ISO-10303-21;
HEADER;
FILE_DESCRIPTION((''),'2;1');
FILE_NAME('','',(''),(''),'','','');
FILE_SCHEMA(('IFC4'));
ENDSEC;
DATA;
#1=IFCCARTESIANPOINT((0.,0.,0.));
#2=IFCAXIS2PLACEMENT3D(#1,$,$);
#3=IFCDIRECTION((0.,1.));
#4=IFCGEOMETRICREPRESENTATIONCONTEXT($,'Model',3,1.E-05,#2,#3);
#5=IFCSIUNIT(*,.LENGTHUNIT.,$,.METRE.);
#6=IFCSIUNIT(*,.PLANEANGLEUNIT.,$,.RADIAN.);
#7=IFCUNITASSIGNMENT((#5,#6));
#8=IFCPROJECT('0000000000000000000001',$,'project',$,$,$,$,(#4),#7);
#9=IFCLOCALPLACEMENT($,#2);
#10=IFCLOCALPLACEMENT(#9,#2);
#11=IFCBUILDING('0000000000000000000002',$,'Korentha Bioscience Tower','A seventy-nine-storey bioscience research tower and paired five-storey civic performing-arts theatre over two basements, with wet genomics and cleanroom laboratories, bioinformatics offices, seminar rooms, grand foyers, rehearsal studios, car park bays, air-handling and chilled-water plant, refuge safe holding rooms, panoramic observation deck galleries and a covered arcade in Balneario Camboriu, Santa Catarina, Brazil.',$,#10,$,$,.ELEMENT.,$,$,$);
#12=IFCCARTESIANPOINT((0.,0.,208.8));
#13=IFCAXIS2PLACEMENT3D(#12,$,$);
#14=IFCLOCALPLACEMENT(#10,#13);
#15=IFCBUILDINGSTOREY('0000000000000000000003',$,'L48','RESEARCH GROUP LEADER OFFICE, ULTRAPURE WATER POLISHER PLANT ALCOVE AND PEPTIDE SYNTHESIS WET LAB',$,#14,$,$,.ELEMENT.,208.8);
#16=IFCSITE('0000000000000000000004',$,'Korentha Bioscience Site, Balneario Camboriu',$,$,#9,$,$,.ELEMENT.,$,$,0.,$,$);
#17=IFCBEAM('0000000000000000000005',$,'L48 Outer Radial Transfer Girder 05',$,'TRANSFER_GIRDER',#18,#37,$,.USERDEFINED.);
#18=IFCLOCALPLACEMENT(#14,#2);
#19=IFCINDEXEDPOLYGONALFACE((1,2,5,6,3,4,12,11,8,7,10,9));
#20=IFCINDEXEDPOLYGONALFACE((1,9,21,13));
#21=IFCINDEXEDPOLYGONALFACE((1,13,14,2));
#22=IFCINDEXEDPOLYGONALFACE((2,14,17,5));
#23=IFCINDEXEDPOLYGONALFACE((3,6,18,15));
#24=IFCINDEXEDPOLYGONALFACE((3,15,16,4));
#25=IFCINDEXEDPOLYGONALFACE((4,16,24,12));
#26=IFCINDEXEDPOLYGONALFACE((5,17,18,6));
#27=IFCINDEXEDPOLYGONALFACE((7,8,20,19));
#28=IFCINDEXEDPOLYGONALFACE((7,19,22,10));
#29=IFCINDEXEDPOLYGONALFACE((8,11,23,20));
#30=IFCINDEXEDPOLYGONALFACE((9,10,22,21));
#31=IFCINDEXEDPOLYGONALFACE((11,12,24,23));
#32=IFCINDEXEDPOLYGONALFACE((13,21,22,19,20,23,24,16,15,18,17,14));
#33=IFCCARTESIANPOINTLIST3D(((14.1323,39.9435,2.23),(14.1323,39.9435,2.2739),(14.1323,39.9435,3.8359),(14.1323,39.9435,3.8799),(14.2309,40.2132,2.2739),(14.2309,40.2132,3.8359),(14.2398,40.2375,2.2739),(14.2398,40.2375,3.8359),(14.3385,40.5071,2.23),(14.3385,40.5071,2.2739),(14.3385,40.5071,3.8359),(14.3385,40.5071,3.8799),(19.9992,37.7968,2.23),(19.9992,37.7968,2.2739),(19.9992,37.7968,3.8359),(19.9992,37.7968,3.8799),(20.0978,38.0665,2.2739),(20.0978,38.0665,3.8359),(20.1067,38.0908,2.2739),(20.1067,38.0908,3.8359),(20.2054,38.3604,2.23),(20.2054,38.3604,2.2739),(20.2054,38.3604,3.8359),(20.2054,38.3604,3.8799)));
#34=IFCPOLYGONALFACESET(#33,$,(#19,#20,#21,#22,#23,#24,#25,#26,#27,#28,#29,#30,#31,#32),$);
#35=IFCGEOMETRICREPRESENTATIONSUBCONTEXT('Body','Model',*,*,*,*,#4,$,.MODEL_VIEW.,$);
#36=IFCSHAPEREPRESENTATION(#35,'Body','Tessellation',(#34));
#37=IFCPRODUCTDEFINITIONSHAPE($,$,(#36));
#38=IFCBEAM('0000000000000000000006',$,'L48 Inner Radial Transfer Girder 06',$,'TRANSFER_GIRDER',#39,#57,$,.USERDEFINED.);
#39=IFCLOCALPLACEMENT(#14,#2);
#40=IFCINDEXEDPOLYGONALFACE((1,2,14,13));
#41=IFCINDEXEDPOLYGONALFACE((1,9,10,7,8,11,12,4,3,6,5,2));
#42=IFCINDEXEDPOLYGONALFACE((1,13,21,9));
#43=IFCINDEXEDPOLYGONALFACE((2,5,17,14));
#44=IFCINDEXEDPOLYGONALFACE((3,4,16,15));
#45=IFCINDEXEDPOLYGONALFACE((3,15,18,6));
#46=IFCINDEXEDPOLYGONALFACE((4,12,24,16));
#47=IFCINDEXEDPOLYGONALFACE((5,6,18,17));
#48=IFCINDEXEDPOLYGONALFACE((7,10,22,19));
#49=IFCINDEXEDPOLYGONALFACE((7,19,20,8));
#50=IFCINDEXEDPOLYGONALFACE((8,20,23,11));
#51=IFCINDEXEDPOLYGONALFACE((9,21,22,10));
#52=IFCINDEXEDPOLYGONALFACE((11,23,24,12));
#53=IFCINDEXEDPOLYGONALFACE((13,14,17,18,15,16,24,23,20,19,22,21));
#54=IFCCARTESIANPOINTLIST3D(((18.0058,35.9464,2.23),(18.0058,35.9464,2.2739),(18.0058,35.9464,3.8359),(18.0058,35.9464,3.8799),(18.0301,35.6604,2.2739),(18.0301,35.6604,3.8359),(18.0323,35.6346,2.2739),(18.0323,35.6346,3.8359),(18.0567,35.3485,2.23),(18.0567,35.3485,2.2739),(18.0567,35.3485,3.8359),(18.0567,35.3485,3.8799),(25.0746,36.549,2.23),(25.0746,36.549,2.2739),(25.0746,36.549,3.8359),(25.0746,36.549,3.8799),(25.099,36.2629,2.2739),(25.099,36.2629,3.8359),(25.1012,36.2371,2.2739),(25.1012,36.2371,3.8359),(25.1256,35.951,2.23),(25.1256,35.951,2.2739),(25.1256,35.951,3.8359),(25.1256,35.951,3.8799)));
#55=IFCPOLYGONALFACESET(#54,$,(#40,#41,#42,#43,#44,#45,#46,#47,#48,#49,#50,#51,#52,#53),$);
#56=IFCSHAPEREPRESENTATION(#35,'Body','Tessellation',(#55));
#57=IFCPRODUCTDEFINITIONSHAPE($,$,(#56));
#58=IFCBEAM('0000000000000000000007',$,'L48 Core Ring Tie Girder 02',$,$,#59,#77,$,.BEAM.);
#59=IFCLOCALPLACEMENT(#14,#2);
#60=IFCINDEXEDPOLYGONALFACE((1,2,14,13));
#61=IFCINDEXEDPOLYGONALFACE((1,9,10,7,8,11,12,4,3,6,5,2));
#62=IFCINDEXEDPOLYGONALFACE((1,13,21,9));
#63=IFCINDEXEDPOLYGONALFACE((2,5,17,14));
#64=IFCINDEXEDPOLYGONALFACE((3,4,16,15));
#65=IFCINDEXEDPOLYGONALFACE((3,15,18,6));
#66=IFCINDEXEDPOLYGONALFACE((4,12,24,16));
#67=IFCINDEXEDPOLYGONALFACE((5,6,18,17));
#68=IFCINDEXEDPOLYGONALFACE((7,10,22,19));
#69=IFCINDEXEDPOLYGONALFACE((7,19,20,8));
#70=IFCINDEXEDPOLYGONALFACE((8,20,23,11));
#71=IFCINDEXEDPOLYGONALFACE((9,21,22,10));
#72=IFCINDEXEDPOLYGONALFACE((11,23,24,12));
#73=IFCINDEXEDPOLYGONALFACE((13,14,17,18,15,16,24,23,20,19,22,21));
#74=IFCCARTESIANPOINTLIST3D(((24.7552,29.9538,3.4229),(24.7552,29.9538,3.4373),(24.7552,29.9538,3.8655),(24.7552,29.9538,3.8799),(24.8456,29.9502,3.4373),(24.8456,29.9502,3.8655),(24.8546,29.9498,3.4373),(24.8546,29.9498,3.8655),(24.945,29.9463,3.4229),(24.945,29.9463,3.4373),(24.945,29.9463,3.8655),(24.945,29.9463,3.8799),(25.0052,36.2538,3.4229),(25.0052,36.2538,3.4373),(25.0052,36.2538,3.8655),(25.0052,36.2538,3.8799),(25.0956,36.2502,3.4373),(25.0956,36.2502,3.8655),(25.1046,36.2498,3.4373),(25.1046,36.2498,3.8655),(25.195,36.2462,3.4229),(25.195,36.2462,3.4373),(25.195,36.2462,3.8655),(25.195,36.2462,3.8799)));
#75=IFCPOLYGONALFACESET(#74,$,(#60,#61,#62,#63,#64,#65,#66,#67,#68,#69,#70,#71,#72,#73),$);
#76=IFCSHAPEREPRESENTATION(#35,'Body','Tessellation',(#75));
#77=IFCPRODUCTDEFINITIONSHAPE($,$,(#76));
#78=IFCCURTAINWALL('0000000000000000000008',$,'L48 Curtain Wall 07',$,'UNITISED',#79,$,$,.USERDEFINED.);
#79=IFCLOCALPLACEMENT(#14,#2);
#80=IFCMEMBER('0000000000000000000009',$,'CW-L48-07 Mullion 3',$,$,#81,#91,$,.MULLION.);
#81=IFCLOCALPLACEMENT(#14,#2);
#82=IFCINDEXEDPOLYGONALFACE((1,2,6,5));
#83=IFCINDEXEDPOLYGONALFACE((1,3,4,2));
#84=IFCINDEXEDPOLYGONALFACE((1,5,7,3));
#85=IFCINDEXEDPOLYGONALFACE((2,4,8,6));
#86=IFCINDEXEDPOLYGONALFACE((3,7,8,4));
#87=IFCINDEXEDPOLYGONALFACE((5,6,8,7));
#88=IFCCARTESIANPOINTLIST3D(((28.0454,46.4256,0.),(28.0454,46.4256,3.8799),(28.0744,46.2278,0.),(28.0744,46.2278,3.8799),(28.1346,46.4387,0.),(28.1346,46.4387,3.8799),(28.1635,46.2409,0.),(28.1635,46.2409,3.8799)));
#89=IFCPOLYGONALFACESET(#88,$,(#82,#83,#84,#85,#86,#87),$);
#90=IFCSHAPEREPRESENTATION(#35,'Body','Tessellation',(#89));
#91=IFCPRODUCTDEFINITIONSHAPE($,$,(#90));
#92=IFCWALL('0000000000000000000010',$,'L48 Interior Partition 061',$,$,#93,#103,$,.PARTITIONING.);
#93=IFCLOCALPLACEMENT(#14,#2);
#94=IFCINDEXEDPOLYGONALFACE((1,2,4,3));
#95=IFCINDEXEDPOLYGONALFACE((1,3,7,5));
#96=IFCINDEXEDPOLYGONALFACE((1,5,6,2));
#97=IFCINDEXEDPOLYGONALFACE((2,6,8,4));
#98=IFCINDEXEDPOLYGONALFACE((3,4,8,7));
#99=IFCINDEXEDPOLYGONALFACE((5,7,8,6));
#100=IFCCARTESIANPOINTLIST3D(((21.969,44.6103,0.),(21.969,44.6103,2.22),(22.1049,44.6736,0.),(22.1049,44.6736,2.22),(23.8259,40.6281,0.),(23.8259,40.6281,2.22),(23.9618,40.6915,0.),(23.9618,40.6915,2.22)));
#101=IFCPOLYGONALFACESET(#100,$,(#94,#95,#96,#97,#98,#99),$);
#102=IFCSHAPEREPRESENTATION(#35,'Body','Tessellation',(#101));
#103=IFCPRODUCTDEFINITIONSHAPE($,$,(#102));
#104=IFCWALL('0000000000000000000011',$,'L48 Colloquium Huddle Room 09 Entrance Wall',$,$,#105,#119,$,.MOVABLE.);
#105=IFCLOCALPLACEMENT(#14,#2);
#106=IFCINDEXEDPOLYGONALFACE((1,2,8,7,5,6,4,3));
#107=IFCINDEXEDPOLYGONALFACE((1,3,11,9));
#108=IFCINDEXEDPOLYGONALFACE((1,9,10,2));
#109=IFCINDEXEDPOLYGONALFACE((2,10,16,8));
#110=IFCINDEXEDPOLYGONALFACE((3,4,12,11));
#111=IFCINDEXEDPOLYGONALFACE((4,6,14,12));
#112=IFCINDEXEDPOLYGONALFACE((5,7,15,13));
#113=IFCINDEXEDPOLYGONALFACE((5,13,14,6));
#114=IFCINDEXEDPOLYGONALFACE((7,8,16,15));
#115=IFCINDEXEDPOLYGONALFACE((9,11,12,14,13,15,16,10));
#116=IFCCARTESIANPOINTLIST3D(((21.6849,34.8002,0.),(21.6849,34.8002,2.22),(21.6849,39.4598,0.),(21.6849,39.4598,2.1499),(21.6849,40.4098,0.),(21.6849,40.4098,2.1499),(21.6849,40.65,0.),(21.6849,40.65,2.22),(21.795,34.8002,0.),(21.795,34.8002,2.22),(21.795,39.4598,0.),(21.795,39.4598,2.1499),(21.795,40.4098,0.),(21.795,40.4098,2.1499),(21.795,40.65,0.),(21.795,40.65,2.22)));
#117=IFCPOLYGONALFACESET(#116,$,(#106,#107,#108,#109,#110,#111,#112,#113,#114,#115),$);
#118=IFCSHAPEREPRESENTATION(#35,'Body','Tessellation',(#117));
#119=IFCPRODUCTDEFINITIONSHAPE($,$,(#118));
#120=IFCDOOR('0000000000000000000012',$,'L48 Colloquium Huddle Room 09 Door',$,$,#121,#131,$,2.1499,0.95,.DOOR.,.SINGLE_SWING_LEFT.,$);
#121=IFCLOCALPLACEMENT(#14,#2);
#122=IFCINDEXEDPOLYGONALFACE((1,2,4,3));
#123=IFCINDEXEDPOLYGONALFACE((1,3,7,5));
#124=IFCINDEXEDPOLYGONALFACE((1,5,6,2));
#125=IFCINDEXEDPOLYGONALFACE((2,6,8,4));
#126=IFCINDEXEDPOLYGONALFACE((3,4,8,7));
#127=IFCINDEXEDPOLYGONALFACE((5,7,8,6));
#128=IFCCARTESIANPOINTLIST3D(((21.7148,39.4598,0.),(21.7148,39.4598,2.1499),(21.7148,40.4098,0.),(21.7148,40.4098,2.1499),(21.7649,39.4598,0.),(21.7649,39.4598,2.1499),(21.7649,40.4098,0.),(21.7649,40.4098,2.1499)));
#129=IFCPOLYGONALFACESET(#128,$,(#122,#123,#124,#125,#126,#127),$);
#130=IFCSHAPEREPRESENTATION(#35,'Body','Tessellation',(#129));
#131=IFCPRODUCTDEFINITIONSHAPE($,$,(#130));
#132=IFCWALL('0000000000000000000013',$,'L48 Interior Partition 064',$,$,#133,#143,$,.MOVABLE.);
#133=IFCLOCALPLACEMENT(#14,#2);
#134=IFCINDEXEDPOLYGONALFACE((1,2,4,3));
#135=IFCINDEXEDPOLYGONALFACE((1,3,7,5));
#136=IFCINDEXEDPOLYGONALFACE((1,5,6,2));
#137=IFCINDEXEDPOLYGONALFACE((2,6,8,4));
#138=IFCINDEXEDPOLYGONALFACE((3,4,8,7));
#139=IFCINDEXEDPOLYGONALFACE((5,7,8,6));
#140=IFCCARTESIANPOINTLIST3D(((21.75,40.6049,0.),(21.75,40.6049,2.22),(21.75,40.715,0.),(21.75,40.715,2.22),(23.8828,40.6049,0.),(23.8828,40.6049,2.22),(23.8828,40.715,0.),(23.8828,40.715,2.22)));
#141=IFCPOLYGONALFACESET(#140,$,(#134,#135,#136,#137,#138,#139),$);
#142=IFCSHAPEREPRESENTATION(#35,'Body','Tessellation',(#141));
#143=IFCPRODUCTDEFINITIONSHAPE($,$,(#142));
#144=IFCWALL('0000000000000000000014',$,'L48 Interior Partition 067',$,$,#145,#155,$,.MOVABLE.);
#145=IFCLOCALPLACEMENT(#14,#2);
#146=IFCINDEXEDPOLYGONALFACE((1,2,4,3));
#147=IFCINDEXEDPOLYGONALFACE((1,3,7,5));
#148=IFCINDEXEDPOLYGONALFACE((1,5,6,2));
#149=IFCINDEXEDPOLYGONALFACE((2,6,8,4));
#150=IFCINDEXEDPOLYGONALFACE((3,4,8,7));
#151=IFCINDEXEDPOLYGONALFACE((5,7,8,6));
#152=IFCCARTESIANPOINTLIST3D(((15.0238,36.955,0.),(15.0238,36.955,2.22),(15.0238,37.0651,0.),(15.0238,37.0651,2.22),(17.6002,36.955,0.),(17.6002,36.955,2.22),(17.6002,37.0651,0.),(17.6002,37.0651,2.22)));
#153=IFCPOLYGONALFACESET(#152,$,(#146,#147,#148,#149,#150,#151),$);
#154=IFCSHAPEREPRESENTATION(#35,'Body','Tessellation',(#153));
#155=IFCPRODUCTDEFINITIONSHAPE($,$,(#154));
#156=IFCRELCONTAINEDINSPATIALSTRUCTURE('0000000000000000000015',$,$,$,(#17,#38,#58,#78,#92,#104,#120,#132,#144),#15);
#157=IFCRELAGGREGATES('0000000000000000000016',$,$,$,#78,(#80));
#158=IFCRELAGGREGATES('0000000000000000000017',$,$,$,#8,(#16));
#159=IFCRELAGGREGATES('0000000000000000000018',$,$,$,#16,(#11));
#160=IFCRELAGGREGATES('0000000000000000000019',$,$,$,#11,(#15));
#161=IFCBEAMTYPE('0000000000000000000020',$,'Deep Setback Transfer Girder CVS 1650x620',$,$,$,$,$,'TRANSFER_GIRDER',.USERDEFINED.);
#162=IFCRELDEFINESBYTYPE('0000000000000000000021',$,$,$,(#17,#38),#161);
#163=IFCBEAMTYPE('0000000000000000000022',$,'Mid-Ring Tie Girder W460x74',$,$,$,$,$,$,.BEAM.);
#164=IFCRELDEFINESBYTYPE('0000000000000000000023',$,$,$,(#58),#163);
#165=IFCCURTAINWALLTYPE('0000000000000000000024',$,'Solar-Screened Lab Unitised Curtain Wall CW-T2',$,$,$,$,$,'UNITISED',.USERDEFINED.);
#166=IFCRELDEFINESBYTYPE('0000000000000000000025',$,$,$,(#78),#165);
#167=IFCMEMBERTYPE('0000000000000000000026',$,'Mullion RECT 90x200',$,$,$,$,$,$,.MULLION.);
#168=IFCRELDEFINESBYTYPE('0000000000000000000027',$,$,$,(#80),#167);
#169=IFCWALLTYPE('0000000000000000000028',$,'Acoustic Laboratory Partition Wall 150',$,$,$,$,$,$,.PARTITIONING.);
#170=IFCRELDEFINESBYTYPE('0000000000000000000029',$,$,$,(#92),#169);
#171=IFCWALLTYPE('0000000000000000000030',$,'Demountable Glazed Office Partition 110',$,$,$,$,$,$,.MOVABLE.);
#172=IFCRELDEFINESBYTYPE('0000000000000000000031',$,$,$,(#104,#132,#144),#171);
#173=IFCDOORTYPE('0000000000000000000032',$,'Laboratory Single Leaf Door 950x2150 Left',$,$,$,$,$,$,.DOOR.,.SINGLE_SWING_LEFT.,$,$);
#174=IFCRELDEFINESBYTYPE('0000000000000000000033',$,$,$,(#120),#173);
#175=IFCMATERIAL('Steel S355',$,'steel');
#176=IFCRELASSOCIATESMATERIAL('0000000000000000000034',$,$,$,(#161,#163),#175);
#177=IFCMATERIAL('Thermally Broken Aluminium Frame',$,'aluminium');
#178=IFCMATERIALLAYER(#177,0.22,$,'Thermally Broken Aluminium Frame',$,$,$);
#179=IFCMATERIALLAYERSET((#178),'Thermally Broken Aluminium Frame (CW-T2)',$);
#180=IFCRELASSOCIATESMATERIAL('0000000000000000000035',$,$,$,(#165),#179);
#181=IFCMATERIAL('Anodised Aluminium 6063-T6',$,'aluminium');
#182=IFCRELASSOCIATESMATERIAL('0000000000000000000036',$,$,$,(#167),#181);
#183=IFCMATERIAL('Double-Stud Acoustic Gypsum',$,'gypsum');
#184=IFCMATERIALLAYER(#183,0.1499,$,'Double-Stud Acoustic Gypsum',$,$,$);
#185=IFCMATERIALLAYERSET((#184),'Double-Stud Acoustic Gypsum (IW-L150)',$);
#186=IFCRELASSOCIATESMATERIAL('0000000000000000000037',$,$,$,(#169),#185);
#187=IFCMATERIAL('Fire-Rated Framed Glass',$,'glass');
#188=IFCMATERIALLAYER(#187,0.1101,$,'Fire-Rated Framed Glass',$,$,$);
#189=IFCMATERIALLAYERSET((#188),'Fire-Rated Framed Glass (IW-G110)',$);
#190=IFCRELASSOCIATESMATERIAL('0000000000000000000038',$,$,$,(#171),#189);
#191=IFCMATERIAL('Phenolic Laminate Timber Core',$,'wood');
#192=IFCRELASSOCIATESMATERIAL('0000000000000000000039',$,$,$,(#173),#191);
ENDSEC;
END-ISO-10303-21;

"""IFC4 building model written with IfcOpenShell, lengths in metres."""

from ifc_helpers import new_model, si_unit, direction, frame, frame_2d, origin, origin_2d, place, context, subcontext, project, spatial, rectangle, i_section, extrude, material, layer, layer_set, material_profile, profile_set, type_object, element, fill, aggregate, save


model = new_model("IFC4")

# Units and contexts
model_context = context("Model", 3, precision=1e-05, world=origin(), true_north=direction((0.0, 1.0)))
body_context = subcontext(model_context, "Body", "Model", "MODEL_VIEW")
ifc_project = project(units=[si_unit("LENGTHUNIT", "METRE"), si_unit("PLANEANGLEUNIT", "RADIAN")], contexts=[model_context])

# Site, building, storey
site_placement = place(None, origin())
site = spatial("IfcSite", under=ifc_project, at=site_placement, Name="Korentha Bioscience Site, Balneario Camboriu", CompositionType="ELEMENT", RefElevation=0.0)
building_placement = place(site_placement, origin())
building = spatial("IfcBuilding", under=site, at=building_placement, Name="Korentha Bioscience Tower", Description="A seventy-nine-storey bioscience research tower and paired five-storey civic performing-arts theatre over two basements, with wet genomics and cleanroom laboratories, bioinformatics offices, seminar rooms, grand foyers, rehearsal studios, car park bays, air-handling and chilled-water plant, refuge safe holding rooms, panoramic observation deck galleries and a covered arcade in Balneario Camboriu, Santa Catarina, Brazil.", CompositionType="ELEMENT")
storey_placement = place(building_placement, frame((0.0, 0.0, 208.8)))
storey = spatial("IfcBuildingStorey", under=building, at=storey_placement, Name="L48", Description="RESEARCH GROUP LEADER OFFICE, ULTRAPURE WATER POLISHER PLANT ALCOVE AND PEPTIDE SYNTHESIS WET LAB", CompositionType="ELEMENT", Elevation=208.8)

# Beams
ifc_material_1 = material(Name="Steel S355", Category="steel")
ifc_material_profile_1 = material_profile(ifc_material_1, i_section(OverallWidth=0.6001, OverallDepth=1.6499, WebThickness=0.0259, FlangeThickness=0.0439, at=origin_2d()), Name="Steel S355")
ifc_profile_set_1 = profile_set([ifc_material_profile_1], Name="Steel S355 (TG-04)")
beam_type_1 = type_object("IfcBeamType", Name="Deep Setback Transfer Girder CVS 1650x620", ElementType="TRANSFER_GIRDER", PredefinedType="USERDEFINED", material=ifc_profile_set_1)
beam_1_placement = place(storey_placement, frame((20.1023, 38.0786, 3.0549), z_axis=(-0.939108, 0.343622, 0.0), x_axis=(-0.343622, -0.939108, 0.0)))
element("IfcBeam", 1, at=beam_1_placement, inside=storey, type_object=beam_type_1, Name="L48 Outer Radial Transfer Girder 05", ObjectType="TRANSFER_GIRDER", PredefinedType="USERDEFINED", context=body_context, shape_type="SweptSolid", body=[
    extrude(i_section(OverallWidth=0.6001, OverallDepth=1.6499, WebThickness=0.0259, FlangeThickness=0.0439, at=origin_2d()), origin(), (0.0, 0.0, 1.0), 6.2473),
])
beam_2_placement = place(storey_placement, frame((25.1001, 36.25, 3.0549), z_axis=(-0.996387, -0.084931, 0.0), x_axis=(0.084931, -0.996387, 0.0)))
element("IfcBeam", 2, at=beam_2_placement, inside=storey, type_object=beam_type_1, Name="L48 Inner Radial Transfer Girder 06", ObjectType="TRANSFER_GIRDER", PredefinedType="USERDEFINED", context=body_context, shape_type="SweptSolid", body=[
    extrude(i_section(OverallWidth=0.6001, OverallDepth=1.6499, WebThickness=0.0259, FlangeThickness=0.0439, at=origin_2d()), origin(), (0.0, 0.0, 1.0), 7.0945),
])
ifc_material_profile_2 = material_profile(ifc_material_1, i_section(OverallWidth=0.1899, OverallDepth=0.457, WebThickness=0.009, FlangeThickness=0.0144, at=origin_2d()), Name="Steel S355")
ifc_profile_set_2 = profile_set([ifc_material_profile_2], Name="Steel S355 (MB-460)")
beam_type_2 = type_object("IfcBeamType", Name="Mid-Ring Tie Girder W460x74", PredefinedType="BEAM", material=ifc_profile_set_2)
beam_3_placement = place(storey_placement, frame((25.1001, 36.25, 3.6514), z_axis=(-0.039651, -0.999214, 0.0), x_axis=(0.999214, -0.039651, 0.0)))
element("IfcBeam", 3, at=beam_3_placement, inside=storey, type_object=beam_type_2, Name="L48 Core Ring Tie Girder 02", PredefinedType="BEAM", context=body_context, shape_type="SweptSolid", body=[
    extrude(i_section(OverallWidth=0.1899, OverallDepth=0.457, WebThickness=0.009, FlangeThickness=0.0144, at=origin_2d()), origin(), (0.0, 0.0, 1.0), 6.3049),
])

# Curtain wall, member
ifc_material_2 = material(Name="Thermally Broken Aluminium Frame", Category="aluminium")
ifc_layer_1 = layer(ifc_material_2, 0.22, Name="Thermally Broken Aluminium Frame")
ifc_layer_set_1 = layer_set([ifc_layer_1], Name="Thermally Broken Aluminium Frame (CW-T2)")
curtain_wall_type = type_object("IfcCurtainWallType", Name="Solar-Screened Lab Unitised Curtain Wall CW-T2", ElementType="UNITISED", PredefinedType="USERDEFINED", material=ifc_layer_set_1)
curtain_wall_placement = place(storey_placement, origin())
curtain_wall = element("IfcCurtainWall", 4, at=curtain_wall_placement, inside=storey, type_object=curtain_wall_type, Name="L48 Curtain Wall 07", ObjectType="UNITISED", PredefinedType="USERDEFINED")
ifc_material_3 = material(Name="Anodised Aluminium 6063-T6", Category="aluminium")
ifc_material_profile_3 = material_profile(ifc_material_3, rectangle(XDim=0.0901, YDim=0.2, at=origin_2d()), Name="Anodised Aluminium 6063-T6")
ifc_profile_set_3 = profile_set([ifc_material_profile_3], Name="Anodised Aluminium 6063-T6 (CW-MUL)")
member_type = type_object("IfcMemberType", Name="Mullion RECT 90x200", PredefinedType="MULLION", material=ifc_profile_set_3)
member_placement = place(storey_placement, frame((28.1045, 46.3333, 0.0), z_axis=(0.0, 0.0, 1.0), x_axis=(-0.989449, -0.144878, 0.0)))
member = element("IfcMember", 5, at=member_placement, type_object=member_type, Name="CW-L48-07 Mullion 3", PredefinedType="MULLION", context=body_context, shape_type="SweptSolid", body=[
    extrude(rectangle(XDim=0.0901, YDim=0.2, at=origin_2d()), origin(), (0.0, 0.0, 1.0), 3.8799),
])
aggregate(curtain_wall, [member])

# Wall
ifc_material_4 = material(Name="Double-Stud Acoustic Gypsum", Category="gypsum")
ifc_layer_2 = layer(ifc_material_4, 0.1499, Name="Double-Stud Acoustic Gypsum")
ifc_layer_set_2 = layer_set([ifc_layer_2], Name="Double-Stud Acoustic Gypsum (IW-L150)")
wall_type_1 = type_object("IfcWallType", Name="Acoustic Laboratory Partition Wall 150", PredefinedType="PARTITIONING", material=ifc_layer_set_2)
wall_1_placement = place(storey_placement, frame((23.8938, 40.6599, 0.0), z_axis=(0.0, 0.0, 1.0), x_axis=(-0.422621, 0.906307, 0.0)))
element("IfcWall", 6, at=wall_1_placement, inside=storey, type_object=wall_type_1, Name="L48 Interior Partition 061", PredefinedType="PARTITIONING", context=body_context, shape_type="SweptSolid", body=[
    extrude(rectangle(XDim=4.3938, YDim=0.1499, at=frame_2d((2.1968, 0.0))), origin(), (0.0, 0.0, 1.0), 2.22),
])

# Wall, opening, door
ifc_material_5 = material(Name="Fire-Rated Framed Glass", Category="glass")
ifc_layer_3 = layer(ifc_material_5, 0.1101, Name="Fire-Rated Framed Glass")
ifc_layer_set_3 = layer_set([ifc_layer_3], Name="Fire-Rated Framed Glass (IW-G110)")
wall_type_2 = type_object("IfcWallType", Name="Demountable Glazed Office Partition 110", PredefinedType="MOVABLE", material=ifc_layer_set_3)
wall_2_placement = place(storey_placement, frame((21.74, 40.6499, 0.0), z_axis=(0.0, 0.0, 1.0), x_axis=(0.0, -1.0, 0.0)))
wall_2 = element("IfcWall", 7, at=wall_2_placement, inside=storey, type_object=wall_type_2, Name="L48 Colloquium Huddle Room 09 Entrance Wall", PredefinedType="MOVABLE", context=body_context, shape_type="SweptSolid", body=[
    extrude(rectangle(XDim=5.8499, YDim=0.1101, at=frame_2d((2.9248, 0.0))), origin(), (0.0, 0.0, 1.0), 2.22),
])
opening_1_placement = place(wall_2_placement, frame((0.24, 0.0, 0.0)))
opening_1 = element("IfcOpeningElement", 8, at=opening_1_placement, cuts=wall_2, PredefinedType="OPENING", context=body_context, shape_type="SweptSolid", body=[
    extrude(rectangle(XDim=0.95, YDim=2.1499, at=frame_2d((0.4751, 1.075))), frame((0.0, 0.0698, 0.0), z_axis=(0.0, -1.0, 0.0), x_axis=(1.0, 0.0, 0.0)), (0.0, 0.0, 1.0), 0.1399),
])
ifc_material_6 = material(Name="Phenolic Laminate Timber Core", Category="wood")
door_type_1 = type_object("IfcDoorType", Name="Laboratory Single Leaf Door 950x2150 Left", OperationType="SINGLE_SWING_LEFT", PredefinedType="DOOR", material=ifc_material_6)
door_1_placement = place(opening_1_placement, origin())
door_1 = element("IfcDoor", 9, at=door_1_placement, inside=storey, type_object=door_type_1, Name="L48 Colloquium Huddle Room 09 Door", OperationType="SINGLE_SWING_LEFT", OverallHeight=2.1499, OverallWidth=0.95, PredefinedType="DOOR", context=body_context, shape_type="SweptSolid", body=[
    extrude(rectangle(XDim=0.95, YDim=2.1499, at=frame_2d((0.4751, 1.075))), frame((0.0, 0.0249, 0.0), z_axis=(0.0, -1.0, 0.0), x_axis=(1.0, 0.0, 0.0)), (0.0, 0.0, 1.0), 0.05),
])
fill(opening_1, door_1)

# Walls
wall_3_placement = place(storey_placement, frame((23.8828, 40.6599, 0.0), z_axis=(0.0, 0.0, 1.0), x_axis=(-1.0, 0.0, 0.0)))
element("IfcWall", 10, at=wall_3_placement, inside=storey, type_object=wall_type_2, Name="L48 Interior Partition 064", PredefinedType="MOVABLE", context=body_context, shape_type="SweptSolid", body=[
    extrude(rectangle(XDim=2.1328, YDim=0.1101, at=frame_2d((1.0664, 0.0))), origin(), (0.0, 0.0, 1.0), 2.22),
])
wall_4_placement = place(storey_placement, frame((17.6001, 37.01, 0.0), z_axis=(0.0, 0.0, 1.0), x_axis=(-1.0, 0.0, 0.0)))
element("IfcWall", 11, at=wall_4_placement, inside=storey, type_object=wall_type_2, Name="L48 Interior Partition 067", PredefinedType="MOVABLE", context=body_context, shape_type="SweptSolid", body=[
    extrude(rectangle(XDim=2.5764, YDim=0.1101, at=frame_2d((1.2881, 0.0))), origin(), (0.0, 0.0, 1.0), 2.22),
])

save(model, "model.ifc")
